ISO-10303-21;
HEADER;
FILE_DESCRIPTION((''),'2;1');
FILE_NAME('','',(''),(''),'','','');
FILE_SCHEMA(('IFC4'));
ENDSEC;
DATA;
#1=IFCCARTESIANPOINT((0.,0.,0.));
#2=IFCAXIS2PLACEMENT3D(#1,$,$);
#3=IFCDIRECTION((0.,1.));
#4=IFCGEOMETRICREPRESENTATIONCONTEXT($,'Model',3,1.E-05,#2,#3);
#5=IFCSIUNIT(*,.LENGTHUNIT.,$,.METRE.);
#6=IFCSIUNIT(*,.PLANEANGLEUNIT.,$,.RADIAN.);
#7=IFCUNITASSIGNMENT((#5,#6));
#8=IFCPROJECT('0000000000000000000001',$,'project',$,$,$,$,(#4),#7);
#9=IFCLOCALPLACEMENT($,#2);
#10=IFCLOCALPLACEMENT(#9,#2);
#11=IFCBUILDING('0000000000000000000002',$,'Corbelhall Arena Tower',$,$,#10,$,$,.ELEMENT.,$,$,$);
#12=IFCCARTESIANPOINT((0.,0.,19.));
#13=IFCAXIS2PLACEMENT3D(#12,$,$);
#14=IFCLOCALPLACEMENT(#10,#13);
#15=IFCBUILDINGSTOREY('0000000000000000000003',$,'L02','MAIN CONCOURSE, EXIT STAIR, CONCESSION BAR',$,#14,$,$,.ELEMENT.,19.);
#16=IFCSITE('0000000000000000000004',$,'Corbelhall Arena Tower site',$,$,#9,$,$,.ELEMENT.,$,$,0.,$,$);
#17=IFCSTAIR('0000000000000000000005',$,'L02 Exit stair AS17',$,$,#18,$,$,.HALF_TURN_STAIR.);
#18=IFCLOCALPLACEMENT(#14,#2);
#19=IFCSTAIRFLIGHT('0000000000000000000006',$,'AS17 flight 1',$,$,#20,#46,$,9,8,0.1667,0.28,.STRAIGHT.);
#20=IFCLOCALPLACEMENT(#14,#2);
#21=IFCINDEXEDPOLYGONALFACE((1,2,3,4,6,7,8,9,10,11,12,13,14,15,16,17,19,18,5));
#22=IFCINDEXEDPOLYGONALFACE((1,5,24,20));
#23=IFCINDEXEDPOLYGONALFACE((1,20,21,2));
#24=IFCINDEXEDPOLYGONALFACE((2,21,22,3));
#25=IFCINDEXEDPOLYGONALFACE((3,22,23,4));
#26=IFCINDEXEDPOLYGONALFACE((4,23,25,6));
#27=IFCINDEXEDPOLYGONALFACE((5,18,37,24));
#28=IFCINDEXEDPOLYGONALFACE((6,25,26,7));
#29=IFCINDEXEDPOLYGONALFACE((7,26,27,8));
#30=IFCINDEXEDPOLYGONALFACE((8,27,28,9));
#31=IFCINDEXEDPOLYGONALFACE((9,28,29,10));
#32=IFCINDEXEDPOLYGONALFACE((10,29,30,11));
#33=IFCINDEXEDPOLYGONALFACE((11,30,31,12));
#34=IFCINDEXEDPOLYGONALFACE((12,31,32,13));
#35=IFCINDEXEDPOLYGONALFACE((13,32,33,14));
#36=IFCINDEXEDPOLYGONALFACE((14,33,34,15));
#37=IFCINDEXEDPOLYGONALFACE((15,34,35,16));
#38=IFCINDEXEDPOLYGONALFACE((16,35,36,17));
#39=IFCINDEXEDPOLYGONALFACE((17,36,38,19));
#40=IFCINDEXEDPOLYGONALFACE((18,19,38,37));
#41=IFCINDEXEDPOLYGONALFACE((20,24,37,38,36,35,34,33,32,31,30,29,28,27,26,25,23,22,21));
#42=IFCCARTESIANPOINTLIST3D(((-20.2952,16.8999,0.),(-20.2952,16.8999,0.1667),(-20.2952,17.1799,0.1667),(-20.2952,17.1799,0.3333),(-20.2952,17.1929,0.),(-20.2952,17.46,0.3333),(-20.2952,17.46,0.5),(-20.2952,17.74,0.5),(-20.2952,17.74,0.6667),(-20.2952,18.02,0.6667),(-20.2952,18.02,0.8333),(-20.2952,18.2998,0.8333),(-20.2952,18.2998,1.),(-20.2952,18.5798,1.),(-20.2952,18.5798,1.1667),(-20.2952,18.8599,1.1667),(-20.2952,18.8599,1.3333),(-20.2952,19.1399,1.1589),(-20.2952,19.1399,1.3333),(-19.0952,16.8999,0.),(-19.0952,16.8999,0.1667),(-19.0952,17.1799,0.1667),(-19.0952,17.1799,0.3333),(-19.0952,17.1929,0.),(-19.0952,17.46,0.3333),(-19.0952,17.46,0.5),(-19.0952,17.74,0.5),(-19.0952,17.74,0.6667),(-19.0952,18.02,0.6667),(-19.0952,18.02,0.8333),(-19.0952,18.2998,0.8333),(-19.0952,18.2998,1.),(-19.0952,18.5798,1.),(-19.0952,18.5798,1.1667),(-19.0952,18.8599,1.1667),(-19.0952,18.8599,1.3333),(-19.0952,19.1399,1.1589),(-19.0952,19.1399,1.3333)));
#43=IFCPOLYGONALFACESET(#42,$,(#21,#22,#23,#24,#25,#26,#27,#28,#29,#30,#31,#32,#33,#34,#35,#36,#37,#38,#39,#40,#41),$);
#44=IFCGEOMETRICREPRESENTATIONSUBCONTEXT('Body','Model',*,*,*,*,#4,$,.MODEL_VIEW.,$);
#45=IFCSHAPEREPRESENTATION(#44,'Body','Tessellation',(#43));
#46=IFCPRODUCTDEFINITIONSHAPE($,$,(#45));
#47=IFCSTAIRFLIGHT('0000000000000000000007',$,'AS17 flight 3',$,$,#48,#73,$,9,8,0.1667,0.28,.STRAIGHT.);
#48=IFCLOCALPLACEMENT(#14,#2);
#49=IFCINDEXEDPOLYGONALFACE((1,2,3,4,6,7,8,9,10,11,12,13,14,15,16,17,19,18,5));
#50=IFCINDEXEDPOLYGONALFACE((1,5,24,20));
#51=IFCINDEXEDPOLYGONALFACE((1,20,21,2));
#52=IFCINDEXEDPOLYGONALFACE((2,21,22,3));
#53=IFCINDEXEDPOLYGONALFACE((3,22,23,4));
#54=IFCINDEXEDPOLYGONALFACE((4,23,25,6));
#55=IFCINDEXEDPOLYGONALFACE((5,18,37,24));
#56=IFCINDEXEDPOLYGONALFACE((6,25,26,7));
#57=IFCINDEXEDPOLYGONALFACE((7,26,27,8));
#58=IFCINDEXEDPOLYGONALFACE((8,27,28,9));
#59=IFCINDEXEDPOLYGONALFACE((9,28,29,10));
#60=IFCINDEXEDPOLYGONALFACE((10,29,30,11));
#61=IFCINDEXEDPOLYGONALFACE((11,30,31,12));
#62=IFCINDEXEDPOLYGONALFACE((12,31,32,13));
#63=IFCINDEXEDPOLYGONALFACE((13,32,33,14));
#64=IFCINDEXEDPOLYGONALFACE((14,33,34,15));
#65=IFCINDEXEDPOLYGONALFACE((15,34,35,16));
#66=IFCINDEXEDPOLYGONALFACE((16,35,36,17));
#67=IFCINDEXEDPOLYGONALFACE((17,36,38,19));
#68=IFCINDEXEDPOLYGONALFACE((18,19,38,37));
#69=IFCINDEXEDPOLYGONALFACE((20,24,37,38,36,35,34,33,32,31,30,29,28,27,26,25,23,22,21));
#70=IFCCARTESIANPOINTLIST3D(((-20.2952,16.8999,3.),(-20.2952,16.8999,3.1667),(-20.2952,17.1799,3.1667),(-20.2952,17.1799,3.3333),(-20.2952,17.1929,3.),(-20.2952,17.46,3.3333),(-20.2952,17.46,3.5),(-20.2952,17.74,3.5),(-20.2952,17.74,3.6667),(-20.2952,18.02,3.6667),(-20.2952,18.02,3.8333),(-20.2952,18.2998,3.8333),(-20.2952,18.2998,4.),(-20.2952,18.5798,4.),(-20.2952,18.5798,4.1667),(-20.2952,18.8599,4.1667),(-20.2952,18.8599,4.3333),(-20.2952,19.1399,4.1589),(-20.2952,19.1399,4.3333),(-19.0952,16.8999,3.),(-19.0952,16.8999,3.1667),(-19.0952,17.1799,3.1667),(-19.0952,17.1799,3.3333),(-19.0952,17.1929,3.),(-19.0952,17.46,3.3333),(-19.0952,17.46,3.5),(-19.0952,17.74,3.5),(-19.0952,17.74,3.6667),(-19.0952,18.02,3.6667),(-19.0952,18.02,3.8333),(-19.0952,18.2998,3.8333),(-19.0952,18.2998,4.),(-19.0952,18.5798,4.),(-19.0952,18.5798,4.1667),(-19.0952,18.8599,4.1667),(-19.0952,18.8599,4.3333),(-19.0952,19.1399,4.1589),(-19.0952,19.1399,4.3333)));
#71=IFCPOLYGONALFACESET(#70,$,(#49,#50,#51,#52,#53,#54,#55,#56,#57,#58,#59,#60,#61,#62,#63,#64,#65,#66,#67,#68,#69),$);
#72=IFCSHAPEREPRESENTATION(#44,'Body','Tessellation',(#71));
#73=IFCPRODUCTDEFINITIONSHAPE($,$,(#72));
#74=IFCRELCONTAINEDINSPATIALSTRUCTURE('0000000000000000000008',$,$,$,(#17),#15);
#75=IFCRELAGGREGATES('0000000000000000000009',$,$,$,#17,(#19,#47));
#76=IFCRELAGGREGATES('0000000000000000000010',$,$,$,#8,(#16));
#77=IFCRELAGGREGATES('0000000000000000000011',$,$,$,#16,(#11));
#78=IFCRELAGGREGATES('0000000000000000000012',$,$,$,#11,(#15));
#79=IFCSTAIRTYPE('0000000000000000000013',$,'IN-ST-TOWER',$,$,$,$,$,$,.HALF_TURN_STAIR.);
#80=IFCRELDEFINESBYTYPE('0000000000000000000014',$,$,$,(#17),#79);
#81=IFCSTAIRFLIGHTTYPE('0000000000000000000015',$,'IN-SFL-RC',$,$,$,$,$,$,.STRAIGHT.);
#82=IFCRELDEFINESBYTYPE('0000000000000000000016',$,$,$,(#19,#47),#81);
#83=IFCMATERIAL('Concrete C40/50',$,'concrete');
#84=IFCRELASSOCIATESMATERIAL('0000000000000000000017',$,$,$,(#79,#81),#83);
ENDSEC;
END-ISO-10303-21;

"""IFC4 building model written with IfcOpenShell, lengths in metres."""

from ifc_helpers import new_model, si_unit, direction, frame, origin, place, context, subcontext, project, spatial, polyline, outline, extrude, material, type_object, element, aggregate, save


model = new_model("IFC4")

# Units and contexts
model_context = context("Model", 3, precision=1e-05, world=origin(), true_north=direction((0.0, 1.0)))
body_context = subcontext(model_context, "Body", "Model", "MODEL_VIEW")
ifc_project = project(units=[si_unit("LENGTHUNIT", "METRE"), si_unit("PLANEANGLEUNIT", "RADIAN")], contexts=[model_context])

# Site, building, storey
site_placement = place(None, origin())
site = spatial("IfcSite", under=ifc_project, at=site_placement, Name="Corbelhall Arena Tower site", CompositionType="ELEMENT", RefElevation=0.0)
building_placement = place(site_placement, origin())
building = spatial("IfcBuilding", under=site, at=building_placement, Name="Corbelhall Arena Tower", CompositionType="ELEMENT")
storey_placement = place(building_placement, frame((0.0, 0.0, 19.0)))
storey = spatial("IfcBuildingStorey", under=building, at=storey_placement, Name="L02", Description="MAIN CONCOURSE, EXIT STAIR, CONCESSION BAR", CompositionType="ELEMENT", Elevation=19.0)

# Shared definitions
ifc_material_1 = material(Name="Concrete C40/50", Category="concrete")

# Stair, stair flights
stair_type_1 = type_object("IfcStairType", Name="IN-ST-TOWER", PredefinedType="HALF_TURN_STAIR", material=ifc_material_1)
stair_1_placement = place(storey_placement, origin())
stair_1 = element("IfcStair", 1, at=stair_1_placement, inside=storey, type_object=stair_type_1, Name="L02 Exit stair AS17", PredefinedType="HALF_TURN_STAIR")
stair_flight_type = type_object("IfcStairFlightType", Name="IN-SFL-RC", PredefinedType="STRAIGHT", material=ifc_material_1)
stair_flight_1_placement = place(storey_placement, frame((-19.6951, 16.8999, 0.0), z_axis=(0.0, 0.0, 1.0), x_axis=(0.0, 1.0, 0.0)))
stair_flight_1 = element("IfcStairFlight", 2, at=stair_flight_1_placement, type_object=stair_flight_type, Name="AS17 flight 1", NumberOfRisers=9, NumberOfTreads=8, PredefinedType="STRAIGHT", RiserHeight=0.1667, TreadLength=0.28, context=body_context, shape_type="SweptSolid", body=[
    extrude(outline(polyline([(0.0, 0.0), (0.0, 0.1667), (0.28, 0.1667), (0.28, 0.3333), (0.5601, 0.3333), (0.5601, 0.5), (0.8401, 0.5), (0.8401, 0.6667), (1.1201, 0.6667), (1.1201, 0.8333), (1.3999, 0.8333), (1.3999, 1.0), (1.6799, 1.0), (1.6799, 1.1667), (1.96, 1.1667), (1.96, 1.3333), (2.24, 1.3333), (2.24, 1.5), (2.24, 1.1589), (0.293, 0.0), (0.0, 0.0)])), frame((0.0, 0.6001, 0.0), z_axis=(0.0, -1.0, 0.0), x_axis=(1.0, 0.0, 0.0)), (0.0, 0.0, 1.0), 1.2),
])
stair_flight_2_placement = place(storey_placement, frame((-19.6951, 16.8999, 3.0), z_axis=(0.0, 0.0, 1.0), x_axis=(0.0, 1.0, 0.0)))
stair_flight_2 = element("IfcStairFlight", 3, at=stair_flight_2_placement, type_object=stair_flight_type, Name="AS17 flight 3", NumberOfRisers=9, NumberOfTreads=8, PredefinedType="STRAIGHT", RiserHeight=0.1667, TreadLength=0.28, context=body_context, shape_type="SweptSolid", body=[
    extrude(outline(polyline([(0.0, 0.0), (0.0, 0.1667), (0.28, 0.1667), (0.28, 0.3333), (0.5601, 0.3333), (0.5601, 0.5), (0.8401, 0.5), (0.8401, 0.6667), (1.1201, 0.6667), (1.1201, 0.8333), (1.3999, 0.8333), (1.3999, 1.0), (1.6799, 1.0), (1.6799, 1.1667), (1.96, 1.1667), (1.96, 1.3333), (2.24, 1.3333), (2.24, 1.5), (2.24, 1.1589), (0.293, 0.0), (0.0, 0.0)])), frame((0.0, 0.6001, 0.0), z_axis=(0.0, -1.0, 0.0), x_axis=(1.0, 0.0, 0.0)), (0.0, 0.0, 1.0), 1.2),
])
aggregate(stair_1, [stair_flight_1, stair_flight_2])

save(model, "model.ifc")
